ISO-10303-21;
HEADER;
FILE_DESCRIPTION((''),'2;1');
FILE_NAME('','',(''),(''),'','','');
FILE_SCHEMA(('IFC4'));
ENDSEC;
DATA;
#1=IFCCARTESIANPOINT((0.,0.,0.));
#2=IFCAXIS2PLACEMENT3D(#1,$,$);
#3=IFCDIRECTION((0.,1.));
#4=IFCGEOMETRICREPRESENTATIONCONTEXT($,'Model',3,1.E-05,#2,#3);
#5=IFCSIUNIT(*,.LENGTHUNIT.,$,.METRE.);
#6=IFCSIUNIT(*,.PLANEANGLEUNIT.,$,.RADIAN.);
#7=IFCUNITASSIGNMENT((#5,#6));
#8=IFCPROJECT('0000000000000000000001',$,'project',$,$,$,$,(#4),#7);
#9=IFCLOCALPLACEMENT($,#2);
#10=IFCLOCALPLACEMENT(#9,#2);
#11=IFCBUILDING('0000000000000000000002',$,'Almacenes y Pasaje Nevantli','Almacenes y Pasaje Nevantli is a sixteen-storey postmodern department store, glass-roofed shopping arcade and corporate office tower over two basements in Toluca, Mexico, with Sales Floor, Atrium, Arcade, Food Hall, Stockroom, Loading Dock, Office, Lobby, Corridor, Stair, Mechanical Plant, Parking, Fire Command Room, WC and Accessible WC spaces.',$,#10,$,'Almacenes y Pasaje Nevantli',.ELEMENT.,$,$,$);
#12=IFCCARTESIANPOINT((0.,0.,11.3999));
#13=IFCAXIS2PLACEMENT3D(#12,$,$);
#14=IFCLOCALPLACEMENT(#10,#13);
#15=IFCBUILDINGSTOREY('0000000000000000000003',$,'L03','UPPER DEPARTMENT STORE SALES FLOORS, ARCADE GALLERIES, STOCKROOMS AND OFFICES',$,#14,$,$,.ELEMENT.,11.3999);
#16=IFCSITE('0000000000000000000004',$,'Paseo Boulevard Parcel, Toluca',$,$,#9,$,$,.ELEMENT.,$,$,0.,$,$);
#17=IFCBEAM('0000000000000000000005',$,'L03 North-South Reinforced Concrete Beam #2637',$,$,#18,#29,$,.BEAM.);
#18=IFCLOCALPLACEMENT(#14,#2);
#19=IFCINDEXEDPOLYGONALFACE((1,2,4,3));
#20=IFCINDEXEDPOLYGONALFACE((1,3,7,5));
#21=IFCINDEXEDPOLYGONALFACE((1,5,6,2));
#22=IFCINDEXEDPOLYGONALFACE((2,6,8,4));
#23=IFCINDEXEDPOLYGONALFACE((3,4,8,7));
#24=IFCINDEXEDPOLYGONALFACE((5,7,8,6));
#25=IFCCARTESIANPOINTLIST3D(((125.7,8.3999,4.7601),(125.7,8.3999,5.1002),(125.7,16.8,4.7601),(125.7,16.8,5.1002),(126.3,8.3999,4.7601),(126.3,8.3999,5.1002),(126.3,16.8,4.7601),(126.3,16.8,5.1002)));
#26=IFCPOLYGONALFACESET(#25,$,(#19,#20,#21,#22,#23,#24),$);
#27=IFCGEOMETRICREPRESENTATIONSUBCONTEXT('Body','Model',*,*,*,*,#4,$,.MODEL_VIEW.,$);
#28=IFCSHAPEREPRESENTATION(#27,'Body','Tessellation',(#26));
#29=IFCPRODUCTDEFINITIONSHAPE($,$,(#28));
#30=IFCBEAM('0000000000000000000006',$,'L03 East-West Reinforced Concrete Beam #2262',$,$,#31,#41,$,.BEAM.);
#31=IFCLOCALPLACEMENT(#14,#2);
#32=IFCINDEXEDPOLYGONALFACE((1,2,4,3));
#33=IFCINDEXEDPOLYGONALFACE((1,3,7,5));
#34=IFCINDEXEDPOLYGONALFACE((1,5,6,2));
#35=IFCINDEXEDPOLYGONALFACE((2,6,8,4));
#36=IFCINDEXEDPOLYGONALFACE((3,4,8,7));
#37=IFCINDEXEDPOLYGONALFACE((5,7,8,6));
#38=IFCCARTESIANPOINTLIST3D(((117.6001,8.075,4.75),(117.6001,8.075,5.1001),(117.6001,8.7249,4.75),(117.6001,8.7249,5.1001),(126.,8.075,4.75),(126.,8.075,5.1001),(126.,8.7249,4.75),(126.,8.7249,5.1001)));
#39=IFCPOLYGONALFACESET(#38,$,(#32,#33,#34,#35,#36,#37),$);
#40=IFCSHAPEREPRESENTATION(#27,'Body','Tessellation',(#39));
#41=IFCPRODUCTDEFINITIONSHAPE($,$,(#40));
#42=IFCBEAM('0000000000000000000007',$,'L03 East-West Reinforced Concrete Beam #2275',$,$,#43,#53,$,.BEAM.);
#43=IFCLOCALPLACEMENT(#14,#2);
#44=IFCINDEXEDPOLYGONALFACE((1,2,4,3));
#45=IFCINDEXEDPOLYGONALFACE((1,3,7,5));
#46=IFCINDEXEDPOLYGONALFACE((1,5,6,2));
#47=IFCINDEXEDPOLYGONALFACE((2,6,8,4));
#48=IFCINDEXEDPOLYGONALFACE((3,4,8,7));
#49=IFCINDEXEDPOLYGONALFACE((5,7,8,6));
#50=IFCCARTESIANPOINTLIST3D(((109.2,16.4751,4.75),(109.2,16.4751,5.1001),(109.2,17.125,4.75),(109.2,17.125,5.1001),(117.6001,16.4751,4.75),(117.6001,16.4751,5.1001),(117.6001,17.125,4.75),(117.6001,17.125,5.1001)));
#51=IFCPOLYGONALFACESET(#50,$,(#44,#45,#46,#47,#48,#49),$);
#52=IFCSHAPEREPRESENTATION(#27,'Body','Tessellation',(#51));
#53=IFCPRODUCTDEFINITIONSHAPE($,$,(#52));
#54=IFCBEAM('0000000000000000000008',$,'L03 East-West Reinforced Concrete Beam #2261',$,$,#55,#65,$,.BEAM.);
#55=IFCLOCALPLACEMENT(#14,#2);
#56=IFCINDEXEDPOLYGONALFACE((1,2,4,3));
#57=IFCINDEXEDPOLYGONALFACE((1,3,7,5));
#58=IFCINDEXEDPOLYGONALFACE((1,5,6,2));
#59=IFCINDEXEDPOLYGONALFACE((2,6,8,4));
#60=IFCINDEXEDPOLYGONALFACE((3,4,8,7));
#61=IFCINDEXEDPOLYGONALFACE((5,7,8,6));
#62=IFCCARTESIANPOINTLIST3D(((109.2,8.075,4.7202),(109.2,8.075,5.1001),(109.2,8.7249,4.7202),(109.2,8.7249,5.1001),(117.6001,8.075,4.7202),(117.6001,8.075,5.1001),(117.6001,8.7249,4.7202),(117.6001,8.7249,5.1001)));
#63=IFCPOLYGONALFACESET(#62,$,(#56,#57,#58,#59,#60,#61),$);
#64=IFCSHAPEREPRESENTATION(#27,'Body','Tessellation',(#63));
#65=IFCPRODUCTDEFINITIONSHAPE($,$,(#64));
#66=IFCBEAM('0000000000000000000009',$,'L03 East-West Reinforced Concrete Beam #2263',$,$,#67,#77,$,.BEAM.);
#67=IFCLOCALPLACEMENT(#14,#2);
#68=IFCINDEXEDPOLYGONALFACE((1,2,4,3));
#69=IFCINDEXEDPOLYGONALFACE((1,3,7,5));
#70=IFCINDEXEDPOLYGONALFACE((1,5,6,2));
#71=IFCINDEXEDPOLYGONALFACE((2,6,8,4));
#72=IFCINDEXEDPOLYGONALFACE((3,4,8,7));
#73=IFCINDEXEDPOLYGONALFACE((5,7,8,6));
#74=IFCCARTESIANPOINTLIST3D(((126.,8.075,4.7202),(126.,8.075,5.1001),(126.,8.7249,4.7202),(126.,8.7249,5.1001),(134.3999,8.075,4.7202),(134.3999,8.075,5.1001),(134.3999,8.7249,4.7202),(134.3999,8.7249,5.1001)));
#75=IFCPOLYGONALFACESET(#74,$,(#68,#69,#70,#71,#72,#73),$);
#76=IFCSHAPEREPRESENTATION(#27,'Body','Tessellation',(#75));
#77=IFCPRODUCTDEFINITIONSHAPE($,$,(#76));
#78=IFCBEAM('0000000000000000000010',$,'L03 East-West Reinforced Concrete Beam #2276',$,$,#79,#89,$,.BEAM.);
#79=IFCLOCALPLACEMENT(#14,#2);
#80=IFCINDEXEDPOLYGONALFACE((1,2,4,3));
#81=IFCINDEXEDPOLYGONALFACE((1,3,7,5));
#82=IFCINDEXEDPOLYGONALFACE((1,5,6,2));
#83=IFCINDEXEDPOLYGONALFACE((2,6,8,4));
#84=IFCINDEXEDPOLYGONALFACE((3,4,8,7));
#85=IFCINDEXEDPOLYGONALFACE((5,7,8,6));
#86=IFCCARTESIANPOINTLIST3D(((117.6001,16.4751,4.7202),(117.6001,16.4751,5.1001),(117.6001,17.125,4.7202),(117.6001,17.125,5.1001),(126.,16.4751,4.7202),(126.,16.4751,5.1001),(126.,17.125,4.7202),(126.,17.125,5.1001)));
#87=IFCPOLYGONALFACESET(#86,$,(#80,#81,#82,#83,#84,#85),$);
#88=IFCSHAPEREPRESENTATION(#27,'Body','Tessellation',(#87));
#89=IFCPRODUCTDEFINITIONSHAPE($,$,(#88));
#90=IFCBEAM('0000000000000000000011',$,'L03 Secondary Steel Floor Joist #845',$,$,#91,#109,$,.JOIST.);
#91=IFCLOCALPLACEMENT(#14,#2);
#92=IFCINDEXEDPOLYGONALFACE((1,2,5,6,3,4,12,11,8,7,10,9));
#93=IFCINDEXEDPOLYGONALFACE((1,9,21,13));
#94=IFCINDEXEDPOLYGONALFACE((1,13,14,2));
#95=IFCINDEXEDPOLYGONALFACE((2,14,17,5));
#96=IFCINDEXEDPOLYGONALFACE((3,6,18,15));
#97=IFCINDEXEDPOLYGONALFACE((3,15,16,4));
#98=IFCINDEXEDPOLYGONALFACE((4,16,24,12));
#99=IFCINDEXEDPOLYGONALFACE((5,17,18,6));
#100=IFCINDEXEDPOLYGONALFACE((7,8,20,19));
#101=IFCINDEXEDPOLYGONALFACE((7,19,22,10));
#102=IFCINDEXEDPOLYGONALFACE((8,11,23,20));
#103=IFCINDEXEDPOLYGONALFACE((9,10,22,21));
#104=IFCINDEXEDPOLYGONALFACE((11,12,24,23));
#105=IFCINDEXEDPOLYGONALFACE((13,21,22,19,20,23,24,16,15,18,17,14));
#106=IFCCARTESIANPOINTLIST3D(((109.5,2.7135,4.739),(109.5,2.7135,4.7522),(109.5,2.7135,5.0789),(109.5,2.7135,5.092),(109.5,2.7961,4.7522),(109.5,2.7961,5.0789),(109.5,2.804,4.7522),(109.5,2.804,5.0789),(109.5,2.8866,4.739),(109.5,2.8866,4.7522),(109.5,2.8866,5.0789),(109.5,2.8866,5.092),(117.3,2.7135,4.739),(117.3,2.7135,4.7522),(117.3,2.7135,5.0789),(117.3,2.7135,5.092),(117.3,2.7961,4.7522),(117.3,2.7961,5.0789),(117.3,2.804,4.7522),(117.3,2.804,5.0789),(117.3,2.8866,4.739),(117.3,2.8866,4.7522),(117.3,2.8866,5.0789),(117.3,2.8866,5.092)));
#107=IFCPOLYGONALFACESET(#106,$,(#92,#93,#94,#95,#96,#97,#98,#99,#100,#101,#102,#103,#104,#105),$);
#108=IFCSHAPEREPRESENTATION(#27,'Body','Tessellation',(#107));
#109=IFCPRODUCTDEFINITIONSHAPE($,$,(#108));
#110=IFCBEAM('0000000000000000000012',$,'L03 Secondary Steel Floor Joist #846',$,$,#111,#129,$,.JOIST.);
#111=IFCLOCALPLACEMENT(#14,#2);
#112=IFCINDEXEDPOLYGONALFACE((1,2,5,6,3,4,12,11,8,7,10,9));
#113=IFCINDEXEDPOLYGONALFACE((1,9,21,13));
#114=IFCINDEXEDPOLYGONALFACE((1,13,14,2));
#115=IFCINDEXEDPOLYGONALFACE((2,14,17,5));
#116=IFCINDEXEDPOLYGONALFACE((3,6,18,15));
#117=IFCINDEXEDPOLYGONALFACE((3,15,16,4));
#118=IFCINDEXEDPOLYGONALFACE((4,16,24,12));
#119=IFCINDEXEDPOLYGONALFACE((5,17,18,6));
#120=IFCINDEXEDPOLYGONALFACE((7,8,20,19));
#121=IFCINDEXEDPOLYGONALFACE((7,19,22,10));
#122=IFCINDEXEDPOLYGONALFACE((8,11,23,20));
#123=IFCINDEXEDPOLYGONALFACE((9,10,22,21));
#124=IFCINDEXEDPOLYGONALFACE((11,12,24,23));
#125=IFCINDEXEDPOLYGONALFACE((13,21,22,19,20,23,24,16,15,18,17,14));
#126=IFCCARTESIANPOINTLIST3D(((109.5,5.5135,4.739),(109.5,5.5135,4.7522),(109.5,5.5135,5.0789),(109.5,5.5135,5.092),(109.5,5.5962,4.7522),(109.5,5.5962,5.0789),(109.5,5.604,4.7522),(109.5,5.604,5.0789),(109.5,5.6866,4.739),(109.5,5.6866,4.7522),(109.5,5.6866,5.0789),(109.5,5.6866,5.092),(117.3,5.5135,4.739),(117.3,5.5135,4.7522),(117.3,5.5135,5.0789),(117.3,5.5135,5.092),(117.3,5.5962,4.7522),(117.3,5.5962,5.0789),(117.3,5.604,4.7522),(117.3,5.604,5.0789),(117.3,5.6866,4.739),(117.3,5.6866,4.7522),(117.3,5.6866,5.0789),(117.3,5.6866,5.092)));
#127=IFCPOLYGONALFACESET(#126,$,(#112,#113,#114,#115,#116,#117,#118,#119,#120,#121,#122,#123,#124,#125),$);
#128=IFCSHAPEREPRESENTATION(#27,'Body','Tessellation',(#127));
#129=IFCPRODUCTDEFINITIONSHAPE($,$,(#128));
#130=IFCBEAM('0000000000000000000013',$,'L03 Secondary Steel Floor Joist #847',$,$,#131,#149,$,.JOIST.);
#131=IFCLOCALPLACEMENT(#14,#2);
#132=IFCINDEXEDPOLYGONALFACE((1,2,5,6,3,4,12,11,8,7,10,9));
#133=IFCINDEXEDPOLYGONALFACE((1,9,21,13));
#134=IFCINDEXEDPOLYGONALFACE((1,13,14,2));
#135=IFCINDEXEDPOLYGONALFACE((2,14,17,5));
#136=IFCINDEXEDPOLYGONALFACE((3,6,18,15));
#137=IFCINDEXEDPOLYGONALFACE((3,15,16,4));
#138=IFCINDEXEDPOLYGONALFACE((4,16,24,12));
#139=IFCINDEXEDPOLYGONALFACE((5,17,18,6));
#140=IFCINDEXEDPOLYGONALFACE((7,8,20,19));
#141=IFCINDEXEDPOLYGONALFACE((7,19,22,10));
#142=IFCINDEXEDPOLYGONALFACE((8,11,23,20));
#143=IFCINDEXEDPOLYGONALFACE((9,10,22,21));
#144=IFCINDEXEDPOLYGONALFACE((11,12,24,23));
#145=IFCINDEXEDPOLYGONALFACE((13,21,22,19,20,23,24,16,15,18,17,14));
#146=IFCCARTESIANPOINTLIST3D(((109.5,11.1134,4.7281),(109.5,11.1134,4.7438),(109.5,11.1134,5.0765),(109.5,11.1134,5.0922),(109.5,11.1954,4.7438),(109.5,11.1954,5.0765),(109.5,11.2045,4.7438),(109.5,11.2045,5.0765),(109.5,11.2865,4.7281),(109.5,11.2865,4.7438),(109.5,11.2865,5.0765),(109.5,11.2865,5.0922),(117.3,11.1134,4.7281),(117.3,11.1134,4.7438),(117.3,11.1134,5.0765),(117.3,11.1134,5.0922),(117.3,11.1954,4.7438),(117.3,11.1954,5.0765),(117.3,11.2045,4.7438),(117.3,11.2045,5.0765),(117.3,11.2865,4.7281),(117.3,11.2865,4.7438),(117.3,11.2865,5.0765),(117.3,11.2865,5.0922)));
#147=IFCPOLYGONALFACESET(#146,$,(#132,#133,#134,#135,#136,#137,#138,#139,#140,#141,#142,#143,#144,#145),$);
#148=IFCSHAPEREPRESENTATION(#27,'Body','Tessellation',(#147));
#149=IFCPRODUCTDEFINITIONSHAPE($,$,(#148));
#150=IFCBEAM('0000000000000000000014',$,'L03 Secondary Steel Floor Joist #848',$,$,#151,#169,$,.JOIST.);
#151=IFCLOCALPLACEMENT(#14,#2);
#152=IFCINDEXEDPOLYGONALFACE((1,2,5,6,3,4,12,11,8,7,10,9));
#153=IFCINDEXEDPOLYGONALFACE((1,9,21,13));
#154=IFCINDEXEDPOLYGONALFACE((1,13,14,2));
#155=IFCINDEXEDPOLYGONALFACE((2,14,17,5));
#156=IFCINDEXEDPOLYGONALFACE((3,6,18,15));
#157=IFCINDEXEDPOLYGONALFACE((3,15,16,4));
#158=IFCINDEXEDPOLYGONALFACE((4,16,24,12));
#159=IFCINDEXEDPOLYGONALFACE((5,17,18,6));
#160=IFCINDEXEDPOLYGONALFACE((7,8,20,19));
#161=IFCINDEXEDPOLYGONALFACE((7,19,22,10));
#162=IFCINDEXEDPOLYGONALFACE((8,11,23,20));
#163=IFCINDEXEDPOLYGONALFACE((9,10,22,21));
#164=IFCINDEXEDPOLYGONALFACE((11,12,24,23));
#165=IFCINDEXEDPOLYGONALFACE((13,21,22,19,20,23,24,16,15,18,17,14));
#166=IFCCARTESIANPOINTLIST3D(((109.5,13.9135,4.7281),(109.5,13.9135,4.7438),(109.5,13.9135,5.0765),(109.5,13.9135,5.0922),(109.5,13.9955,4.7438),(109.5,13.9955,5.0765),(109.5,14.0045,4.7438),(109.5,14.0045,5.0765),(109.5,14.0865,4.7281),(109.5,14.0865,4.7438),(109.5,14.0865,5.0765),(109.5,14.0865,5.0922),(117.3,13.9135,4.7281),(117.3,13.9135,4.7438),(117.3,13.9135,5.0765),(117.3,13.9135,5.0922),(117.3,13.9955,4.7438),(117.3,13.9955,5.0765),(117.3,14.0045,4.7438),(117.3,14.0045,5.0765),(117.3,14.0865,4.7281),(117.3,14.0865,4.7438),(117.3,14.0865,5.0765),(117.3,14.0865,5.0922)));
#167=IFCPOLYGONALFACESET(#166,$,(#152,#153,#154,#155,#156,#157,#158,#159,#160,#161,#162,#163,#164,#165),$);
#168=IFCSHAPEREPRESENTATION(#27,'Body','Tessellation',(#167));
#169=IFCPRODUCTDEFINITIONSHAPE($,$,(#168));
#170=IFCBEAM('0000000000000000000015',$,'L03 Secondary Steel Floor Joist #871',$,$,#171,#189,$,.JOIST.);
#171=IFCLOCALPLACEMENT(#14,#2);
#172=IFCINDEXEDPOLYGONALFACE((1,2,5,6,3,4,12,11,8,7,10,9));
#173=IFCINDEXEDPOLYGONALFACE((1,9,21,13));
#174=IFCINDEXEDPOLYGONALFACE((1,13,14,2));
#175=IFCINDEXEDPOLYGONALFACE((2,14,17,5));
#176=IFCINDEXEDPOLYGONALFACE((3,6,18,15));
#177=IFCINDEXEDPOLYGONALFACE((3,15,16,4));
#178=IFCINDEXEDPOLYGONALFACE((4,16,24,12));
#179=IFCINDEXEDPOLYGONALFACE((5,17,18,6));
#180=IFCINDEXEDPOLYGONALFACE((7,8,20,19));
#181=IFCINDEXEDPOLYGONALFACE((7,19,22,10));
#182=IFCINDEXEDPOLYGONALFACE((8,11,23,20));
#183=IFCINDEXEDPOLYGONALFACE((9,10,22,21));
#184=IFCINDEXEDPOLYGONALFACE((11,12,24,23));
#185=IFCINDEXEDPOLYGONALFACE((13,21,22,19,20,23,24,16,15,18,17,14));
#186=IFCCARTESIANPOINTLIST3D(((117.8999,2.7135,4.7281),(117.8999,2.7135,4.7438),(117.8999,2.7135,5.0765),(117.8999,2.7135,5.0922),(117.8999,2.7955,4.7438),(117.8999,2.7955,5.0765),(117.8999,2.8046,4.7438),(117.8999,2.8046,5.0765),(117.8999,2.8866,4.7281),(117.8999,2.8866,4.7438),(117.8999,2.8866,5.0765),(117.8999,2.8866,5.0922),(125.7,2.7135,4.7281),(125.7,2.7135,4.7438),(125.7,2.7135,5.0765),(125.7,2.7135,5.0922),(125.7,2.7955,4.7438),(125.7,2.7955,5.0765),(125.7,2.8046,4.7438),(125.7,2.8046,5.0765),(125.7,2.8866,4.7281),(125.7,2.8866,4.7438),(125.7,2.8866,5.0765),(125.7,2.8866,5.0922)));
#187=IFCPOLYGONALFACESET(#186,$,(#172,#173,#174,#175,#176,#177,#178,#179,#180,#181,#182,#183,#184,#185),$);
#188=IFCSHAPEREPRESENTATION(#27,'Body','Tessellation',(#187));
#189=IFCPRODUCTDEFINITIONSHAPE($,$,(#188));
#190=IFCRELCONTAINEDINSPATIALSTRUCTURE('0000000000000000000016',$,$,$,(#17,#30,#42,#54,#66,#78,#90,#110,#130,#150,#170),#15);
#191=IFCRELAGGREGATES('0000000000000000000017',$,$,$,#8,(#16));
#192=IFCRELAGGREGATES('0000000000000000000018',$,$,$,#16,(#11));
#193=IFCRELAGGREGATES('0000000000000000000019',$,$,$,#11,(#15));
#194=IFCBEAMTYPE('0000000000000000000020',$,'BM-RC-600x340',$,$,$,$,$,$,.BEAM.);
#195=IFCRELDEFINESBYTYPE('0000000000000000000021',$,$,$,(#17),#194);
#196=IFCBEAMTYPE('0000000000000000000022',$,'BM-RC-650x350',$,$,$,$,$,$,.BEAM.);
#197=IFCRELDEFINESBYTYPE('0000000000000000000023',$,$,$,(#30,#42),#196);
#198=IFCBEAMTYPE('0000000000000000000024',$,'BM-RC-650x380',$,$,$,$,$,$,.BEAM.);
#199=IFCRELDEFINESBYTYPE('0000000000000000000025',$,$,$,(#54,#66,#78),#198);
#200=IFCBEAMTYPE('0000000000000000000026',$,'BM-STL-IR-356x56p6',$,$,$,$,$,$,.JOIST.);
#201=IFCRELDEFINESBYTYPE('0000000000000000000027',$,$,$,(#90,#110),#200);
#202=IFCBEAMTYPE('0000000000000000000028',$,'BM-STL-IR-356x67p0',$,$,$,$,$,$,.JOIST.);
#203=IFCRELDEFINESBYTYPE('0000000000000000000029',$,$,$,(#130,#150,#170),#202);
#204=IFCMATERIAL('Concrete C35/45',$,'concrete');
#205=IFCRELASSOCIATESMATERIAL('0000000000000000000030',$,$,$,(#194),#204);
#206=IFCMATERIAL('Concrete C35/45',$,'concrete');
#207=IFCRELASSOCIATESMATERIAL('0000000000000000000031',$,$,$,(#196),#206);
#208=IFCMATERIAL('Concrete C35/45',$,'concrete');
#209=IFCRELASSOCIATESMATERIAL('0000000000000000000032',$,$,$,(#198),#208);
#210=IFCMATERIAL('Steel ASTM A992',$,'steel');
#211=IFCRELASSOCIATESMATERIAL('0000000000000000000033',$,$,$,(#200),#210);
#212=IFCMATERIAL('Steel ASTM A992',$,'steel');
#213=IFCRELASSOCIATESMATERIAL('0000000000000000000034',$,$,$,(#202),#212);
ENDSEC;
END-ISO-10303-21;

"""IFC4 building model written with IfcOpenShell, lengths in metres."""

from ifc_helpers import new_model, si_unit, direction, frame, origin, origin_2d, place, context, subcontext, project, spatial, rectangle, i_section, extrude, material, material_profile, profile_set, type_object, element, save


model = new_model("IFC4")

# Units and contexts
model_context = context("Model", 3, precision=1e-05, world=origin(), true_north=direction((0.0, 1.0)))
body_context = subcontext(model_context, "Body", "Model", "MODEL_VIEW")
ifc_project = project(units=[si_unit("LENGTHUNIT", "METRE"), si_unit("PLANEANGLEUNIT", "RADIAN")], contexts=[model_context])

# Site, building, storey
site_placement = place(None, origin())
site = spatial("IfcSite", under=ifc_project, at=site_placement, Name="Paseo Boulevard Parcel, Toluca", CompositionType="ELEMENT", RefElevation=0.0)
building_placement = place(site_placement, origin())
building = spatial("IfcBuilding", under=site, at=building_placement, Name="Almacenes y Pasaje Nevantli", Description="Almacenes y Pasaje Nevantli is a sixteen-storey postmodern department store, glass-roofed shopping arcade and corporate office tower over two basements in Toluca, Mexico, with Sales Floor, Atrium, Arcade, Food Hall, Stockroom, Loading Dock, Office, Lobby, Corridor, Stair, Mechanical Plant, Parking, Fire Command Room, WC and Accessible WC spaces.", LongName="Almacenes y Pasaje Nevantli", CompositionType="ELEMENT")
storey_placement = place(building_placement, frame((0.0, 0.0, 11.3999)))
storey = spatial("IfcBuildingStorey", under=building, at=storey_placement, Name="L03", Description="UPPER DEPARTMENT STORE SALES FLOORS, ARCADE GALLERIES, STOCKROOMS AND OFFICES", CompositionType="ELEMENT", Elevation=11.3999)

# Beams
ifc_material_1 = material(Name="Concrete C35/45", Category="concrete")
ifc_material_profile_1 = material_profile(ifc_material_1, rectangle(XDim=0.6001, YDim=0.3401, at=origin_2d()), Name="RC-BM-600x340")
ifc_profile_set_1 = profile_set([ifc_material_profile_1], Name="Concrete C35/45")
beam_type_1 = type_object("IfcBeamType", Name="BM-RC-600x340", PredefinedType="BEAM", material=ifc_profile_set_1)
beam_1_placement = place(storey_placement, frame((126.0, 8.3999, 4.9302), z_axis=(0.0, 1.0, 0.0), x_axis=(-1.0, 0.0, 0.0)))
element("IfcBeam", 1, at=beam_1_placement, inside=storey, type_object=beam_type_1, Name="L03 North-South Reinforced Concrete Beam #2637", PredefinedType="BEAM", context=body_context, shape_type="SweptSolid", body=[
    extrude(rectangle(XDim=0.6001, YDim=0.3401, at=origin_2d()), origin(), (0.0, 0.0, 1.0), 8.4001),
])
ifc_material_2 = material(Name="Concrete C35/45", Category="concrete")
ifc_material_profile_2 = material_profile(ifc_material_2, rectangle(XDim=0.6499, YDim=0.3501, at=origin_2d()), Name="RC-BM-650x350")
ifc_profile_set_2 = profile_set([ifc_material_profile_2], Name="Concrete C35/45")
beam_type_2 = type_object("IfcBeamType", Name="BM-RC-650x350", PredefinedType="BEAM", material=ifc_profile_set_2)
beam_2_placement = place(storey_placement, frame((117.6001, 8.3999, 4.925), z_axis=(1.0, 0.0, 0.0), x_axis=(0.0, 1.0, 0.0)))
element("IfcBeam", 2, at=beam_2_placement, inside=storey, type_object=beam_type_2, Name="L03 East-West Reinforced Concrete Beam #2262", PredefinedType="BEAM", context=body_context, shape_type="SweptSolid", body=[
    extrude(rectangle(XDim=0.6499, YDim=0.3501, at=origin_2d()), origin(), (0.0, 0.0, 1.0), 8.3999),
])
beam_3_placement = place(storey_placement, frame((109.2, 16.8, 4.925), z_axis=(1.0, 0.0, 0.0), x_axis=(0.0, 1.0, 0.0)))
element("IfcBeam", 3, at=beam_3_placement, inside=storey, type_object=beam_type_2, Name="L03 East-West Reinforced Concrete Beam #2275", PredefinedType="BEAM", context=body_context, shape_type="SweptSolid", body=[
    extrude(rectangle(XDim=0.6499, YDim=0.3501, at=origin_2d()), origin(), (0.0, 0.0, 1.0), 8.4001),
])
ifc_material_3 = material(Name="Concrete C35/45", Category="concrete")
ifc_material_profile_3 = material_profile(ifc_material_3, rectangle(XDim=0.6499, YDim=0.3799, at=origin_2d()), Name="RC-BM-650x380")
ifc_profile_set_3 = profile_set([ifc_material_profile_3], Name="Concrete C35/45")
beam_type_3 = type_object("IfcBeamType", Name="BM-RC-650x380", PredefinedType="BEAM", material=ifc_profile_set_3)
beam_4_placement = place(storey_placement, frame((109.2, 8.3999, 4.9102), z_axis=(1.0, 0.0, 0.0), x_axis=(0.0, 1.0, 0.0)))
element("IfcBeam", 4, at=beam_4_placement, inside=storey, type_object=beam_type_3, Name="L03 East-West Reinforced Concrete Beam #2261", PredefinedType="BEAM", context=body_context, shape_type="SweptSolid", body=[
    extrude(rectangle(XDim=0.6499, YDim=0.3799, at=origin_2d()), origin(), (0.0, 0.0, 1.0), 8.4001),
])
for number, where, z_axis, x_axis, name in (
    (5, (126.0, 8.3999, 4.9102), (1.0, 0.0, 0.0), (0.0, 1.0, 0.0), "L03 East-West Reinforced Concrete Beam #2263"),
    (6, (117.6001, 16.8, 4.9102), (1.0, 0.0, 0.0), (0.0, 1.0, 0.0), "L03 East-West Reinforced Concrete Beam #2276"),
):
    element("IfcBeam", number, at=place(storey_placement, frame(where, z_axis=z_axis, x_axis=x_axis)), inside=storey, type_object=beam_type_3, Name=name, PredefinedType="BEAM", context=body_context, shape_type="SweptSolid", body=[
        extrude(rectangle(XDim=0.6499, YDim=0.3799, at=origin_2d()), origin(), (0.0, 0.0, 1.0), 8.3999),
    ])
ifc_material_4 = material(Name="Steel ASTM A992", Category="steel")
ifc_material_profile_4 = material_profile(ifc_material_4, i_section(OverallWidth=0.1731, OverallDepth=0.353, WebThickness=0.0078, FlangeThickness=0.0132, at=origin_2d()), Name="IR 356x56.6")
ifc_profile_set_4 = profile_set([ifc_material_profile_4], Name="Steel ASTM A992")
beam_type_4 = type_object("IfcBeamType", Name="BM-STL-IR-356x56p6", PredefinedType="JOIST", material=ifc_profile_set_4)
for number, where, z_axis, x_axis, name in (
    (7, (109.5, 2.8, 4.9155), (1.0, 0.0, 0.0), (0.0, 1.0, 0.0), "L03 Secondary Steel Floor Joist #845"),
    (8, (109.5, 5.6001, 4.9155), (1.0, 0.0, 0.0), (0.0, 1.0, 0.0), "L03 Secondary Steel Floor Joist #846"),
):
    element("IfcBeam", number, at=place(storey_placement, frame(where, z_axis=z_axis, x_axis=x_axis)), inside=storey, type_object=beam_type_4, Name=name, PredefinedType="JOIST", context=body_context, shape_type="SweptSolid", body=[
        extrude(i_section(OverallWidth=0.1731, OverallDepth=0.353, WebThickness=0.0078, FlangeThickness=0.0132, at=origin_2d()), origin(), (0.0, 0.0, 1.0), 7.8),
    ])
ifc_material_5 = material(Name="Steel ASTM A992", Category="steel")
ifc_material_profile_5 = material_profile(ifc_material_5, i_section(OverallWidth=0.1731, OverallDepth=0.364, WebThickness=0.009, FlangeThickness=0.0156, at=origin_2d()), Name="IR 356x67.0")
ifc_profile_set_5 = profile_set([ifc_material_profile_5], Name="Steel ASTM A992")
beam_type_5 = type_object("IfcBeamType", Name="BM-STL-IR-356x67p0", PredefinedType="JOIST", material=ifc_profile_set_5)
for number, where, z_axis, x_axis, name in (
    (9, (109.5, 11.2, 4.9102), (1.0, 0.0, 0.0), (0.0, 1.0, 0.0), "L03 Secondary Steel Floor Joist #847"),
    (10, (109.5, 14.0, 4.9102), (1.0, 0.0, 0.0), (0.0, 1.0, 0.0), "L03 Secondary Steel Floor Joist #848"),
    (11, (117.8999, 2.8, 4.9102), (1.0, 0.0, 0.0), (0.0, 1.0, 0.0), "L03 Secondary Steel Floor Joist #871"),
):
    element("IfcBeam", number, at=place(storey_placement, frame(where, z_axis=z_axis, x_axis=x_axis)), inside=storey, type_object=beam_type_5, Name=name, PredefinedType="JOIST", context=body_context, shape_type="SweptSolid", body=[
        extrude(i_section(OverallWidth=0.1731, OverallDepth=0.364, WebThickness=0.009, FlangeThickness=0.0156, at=origin_2d()), origin(), (0.0, 0.0, 1.0), 7.8),
    ])

save(model, "model.ifc")
